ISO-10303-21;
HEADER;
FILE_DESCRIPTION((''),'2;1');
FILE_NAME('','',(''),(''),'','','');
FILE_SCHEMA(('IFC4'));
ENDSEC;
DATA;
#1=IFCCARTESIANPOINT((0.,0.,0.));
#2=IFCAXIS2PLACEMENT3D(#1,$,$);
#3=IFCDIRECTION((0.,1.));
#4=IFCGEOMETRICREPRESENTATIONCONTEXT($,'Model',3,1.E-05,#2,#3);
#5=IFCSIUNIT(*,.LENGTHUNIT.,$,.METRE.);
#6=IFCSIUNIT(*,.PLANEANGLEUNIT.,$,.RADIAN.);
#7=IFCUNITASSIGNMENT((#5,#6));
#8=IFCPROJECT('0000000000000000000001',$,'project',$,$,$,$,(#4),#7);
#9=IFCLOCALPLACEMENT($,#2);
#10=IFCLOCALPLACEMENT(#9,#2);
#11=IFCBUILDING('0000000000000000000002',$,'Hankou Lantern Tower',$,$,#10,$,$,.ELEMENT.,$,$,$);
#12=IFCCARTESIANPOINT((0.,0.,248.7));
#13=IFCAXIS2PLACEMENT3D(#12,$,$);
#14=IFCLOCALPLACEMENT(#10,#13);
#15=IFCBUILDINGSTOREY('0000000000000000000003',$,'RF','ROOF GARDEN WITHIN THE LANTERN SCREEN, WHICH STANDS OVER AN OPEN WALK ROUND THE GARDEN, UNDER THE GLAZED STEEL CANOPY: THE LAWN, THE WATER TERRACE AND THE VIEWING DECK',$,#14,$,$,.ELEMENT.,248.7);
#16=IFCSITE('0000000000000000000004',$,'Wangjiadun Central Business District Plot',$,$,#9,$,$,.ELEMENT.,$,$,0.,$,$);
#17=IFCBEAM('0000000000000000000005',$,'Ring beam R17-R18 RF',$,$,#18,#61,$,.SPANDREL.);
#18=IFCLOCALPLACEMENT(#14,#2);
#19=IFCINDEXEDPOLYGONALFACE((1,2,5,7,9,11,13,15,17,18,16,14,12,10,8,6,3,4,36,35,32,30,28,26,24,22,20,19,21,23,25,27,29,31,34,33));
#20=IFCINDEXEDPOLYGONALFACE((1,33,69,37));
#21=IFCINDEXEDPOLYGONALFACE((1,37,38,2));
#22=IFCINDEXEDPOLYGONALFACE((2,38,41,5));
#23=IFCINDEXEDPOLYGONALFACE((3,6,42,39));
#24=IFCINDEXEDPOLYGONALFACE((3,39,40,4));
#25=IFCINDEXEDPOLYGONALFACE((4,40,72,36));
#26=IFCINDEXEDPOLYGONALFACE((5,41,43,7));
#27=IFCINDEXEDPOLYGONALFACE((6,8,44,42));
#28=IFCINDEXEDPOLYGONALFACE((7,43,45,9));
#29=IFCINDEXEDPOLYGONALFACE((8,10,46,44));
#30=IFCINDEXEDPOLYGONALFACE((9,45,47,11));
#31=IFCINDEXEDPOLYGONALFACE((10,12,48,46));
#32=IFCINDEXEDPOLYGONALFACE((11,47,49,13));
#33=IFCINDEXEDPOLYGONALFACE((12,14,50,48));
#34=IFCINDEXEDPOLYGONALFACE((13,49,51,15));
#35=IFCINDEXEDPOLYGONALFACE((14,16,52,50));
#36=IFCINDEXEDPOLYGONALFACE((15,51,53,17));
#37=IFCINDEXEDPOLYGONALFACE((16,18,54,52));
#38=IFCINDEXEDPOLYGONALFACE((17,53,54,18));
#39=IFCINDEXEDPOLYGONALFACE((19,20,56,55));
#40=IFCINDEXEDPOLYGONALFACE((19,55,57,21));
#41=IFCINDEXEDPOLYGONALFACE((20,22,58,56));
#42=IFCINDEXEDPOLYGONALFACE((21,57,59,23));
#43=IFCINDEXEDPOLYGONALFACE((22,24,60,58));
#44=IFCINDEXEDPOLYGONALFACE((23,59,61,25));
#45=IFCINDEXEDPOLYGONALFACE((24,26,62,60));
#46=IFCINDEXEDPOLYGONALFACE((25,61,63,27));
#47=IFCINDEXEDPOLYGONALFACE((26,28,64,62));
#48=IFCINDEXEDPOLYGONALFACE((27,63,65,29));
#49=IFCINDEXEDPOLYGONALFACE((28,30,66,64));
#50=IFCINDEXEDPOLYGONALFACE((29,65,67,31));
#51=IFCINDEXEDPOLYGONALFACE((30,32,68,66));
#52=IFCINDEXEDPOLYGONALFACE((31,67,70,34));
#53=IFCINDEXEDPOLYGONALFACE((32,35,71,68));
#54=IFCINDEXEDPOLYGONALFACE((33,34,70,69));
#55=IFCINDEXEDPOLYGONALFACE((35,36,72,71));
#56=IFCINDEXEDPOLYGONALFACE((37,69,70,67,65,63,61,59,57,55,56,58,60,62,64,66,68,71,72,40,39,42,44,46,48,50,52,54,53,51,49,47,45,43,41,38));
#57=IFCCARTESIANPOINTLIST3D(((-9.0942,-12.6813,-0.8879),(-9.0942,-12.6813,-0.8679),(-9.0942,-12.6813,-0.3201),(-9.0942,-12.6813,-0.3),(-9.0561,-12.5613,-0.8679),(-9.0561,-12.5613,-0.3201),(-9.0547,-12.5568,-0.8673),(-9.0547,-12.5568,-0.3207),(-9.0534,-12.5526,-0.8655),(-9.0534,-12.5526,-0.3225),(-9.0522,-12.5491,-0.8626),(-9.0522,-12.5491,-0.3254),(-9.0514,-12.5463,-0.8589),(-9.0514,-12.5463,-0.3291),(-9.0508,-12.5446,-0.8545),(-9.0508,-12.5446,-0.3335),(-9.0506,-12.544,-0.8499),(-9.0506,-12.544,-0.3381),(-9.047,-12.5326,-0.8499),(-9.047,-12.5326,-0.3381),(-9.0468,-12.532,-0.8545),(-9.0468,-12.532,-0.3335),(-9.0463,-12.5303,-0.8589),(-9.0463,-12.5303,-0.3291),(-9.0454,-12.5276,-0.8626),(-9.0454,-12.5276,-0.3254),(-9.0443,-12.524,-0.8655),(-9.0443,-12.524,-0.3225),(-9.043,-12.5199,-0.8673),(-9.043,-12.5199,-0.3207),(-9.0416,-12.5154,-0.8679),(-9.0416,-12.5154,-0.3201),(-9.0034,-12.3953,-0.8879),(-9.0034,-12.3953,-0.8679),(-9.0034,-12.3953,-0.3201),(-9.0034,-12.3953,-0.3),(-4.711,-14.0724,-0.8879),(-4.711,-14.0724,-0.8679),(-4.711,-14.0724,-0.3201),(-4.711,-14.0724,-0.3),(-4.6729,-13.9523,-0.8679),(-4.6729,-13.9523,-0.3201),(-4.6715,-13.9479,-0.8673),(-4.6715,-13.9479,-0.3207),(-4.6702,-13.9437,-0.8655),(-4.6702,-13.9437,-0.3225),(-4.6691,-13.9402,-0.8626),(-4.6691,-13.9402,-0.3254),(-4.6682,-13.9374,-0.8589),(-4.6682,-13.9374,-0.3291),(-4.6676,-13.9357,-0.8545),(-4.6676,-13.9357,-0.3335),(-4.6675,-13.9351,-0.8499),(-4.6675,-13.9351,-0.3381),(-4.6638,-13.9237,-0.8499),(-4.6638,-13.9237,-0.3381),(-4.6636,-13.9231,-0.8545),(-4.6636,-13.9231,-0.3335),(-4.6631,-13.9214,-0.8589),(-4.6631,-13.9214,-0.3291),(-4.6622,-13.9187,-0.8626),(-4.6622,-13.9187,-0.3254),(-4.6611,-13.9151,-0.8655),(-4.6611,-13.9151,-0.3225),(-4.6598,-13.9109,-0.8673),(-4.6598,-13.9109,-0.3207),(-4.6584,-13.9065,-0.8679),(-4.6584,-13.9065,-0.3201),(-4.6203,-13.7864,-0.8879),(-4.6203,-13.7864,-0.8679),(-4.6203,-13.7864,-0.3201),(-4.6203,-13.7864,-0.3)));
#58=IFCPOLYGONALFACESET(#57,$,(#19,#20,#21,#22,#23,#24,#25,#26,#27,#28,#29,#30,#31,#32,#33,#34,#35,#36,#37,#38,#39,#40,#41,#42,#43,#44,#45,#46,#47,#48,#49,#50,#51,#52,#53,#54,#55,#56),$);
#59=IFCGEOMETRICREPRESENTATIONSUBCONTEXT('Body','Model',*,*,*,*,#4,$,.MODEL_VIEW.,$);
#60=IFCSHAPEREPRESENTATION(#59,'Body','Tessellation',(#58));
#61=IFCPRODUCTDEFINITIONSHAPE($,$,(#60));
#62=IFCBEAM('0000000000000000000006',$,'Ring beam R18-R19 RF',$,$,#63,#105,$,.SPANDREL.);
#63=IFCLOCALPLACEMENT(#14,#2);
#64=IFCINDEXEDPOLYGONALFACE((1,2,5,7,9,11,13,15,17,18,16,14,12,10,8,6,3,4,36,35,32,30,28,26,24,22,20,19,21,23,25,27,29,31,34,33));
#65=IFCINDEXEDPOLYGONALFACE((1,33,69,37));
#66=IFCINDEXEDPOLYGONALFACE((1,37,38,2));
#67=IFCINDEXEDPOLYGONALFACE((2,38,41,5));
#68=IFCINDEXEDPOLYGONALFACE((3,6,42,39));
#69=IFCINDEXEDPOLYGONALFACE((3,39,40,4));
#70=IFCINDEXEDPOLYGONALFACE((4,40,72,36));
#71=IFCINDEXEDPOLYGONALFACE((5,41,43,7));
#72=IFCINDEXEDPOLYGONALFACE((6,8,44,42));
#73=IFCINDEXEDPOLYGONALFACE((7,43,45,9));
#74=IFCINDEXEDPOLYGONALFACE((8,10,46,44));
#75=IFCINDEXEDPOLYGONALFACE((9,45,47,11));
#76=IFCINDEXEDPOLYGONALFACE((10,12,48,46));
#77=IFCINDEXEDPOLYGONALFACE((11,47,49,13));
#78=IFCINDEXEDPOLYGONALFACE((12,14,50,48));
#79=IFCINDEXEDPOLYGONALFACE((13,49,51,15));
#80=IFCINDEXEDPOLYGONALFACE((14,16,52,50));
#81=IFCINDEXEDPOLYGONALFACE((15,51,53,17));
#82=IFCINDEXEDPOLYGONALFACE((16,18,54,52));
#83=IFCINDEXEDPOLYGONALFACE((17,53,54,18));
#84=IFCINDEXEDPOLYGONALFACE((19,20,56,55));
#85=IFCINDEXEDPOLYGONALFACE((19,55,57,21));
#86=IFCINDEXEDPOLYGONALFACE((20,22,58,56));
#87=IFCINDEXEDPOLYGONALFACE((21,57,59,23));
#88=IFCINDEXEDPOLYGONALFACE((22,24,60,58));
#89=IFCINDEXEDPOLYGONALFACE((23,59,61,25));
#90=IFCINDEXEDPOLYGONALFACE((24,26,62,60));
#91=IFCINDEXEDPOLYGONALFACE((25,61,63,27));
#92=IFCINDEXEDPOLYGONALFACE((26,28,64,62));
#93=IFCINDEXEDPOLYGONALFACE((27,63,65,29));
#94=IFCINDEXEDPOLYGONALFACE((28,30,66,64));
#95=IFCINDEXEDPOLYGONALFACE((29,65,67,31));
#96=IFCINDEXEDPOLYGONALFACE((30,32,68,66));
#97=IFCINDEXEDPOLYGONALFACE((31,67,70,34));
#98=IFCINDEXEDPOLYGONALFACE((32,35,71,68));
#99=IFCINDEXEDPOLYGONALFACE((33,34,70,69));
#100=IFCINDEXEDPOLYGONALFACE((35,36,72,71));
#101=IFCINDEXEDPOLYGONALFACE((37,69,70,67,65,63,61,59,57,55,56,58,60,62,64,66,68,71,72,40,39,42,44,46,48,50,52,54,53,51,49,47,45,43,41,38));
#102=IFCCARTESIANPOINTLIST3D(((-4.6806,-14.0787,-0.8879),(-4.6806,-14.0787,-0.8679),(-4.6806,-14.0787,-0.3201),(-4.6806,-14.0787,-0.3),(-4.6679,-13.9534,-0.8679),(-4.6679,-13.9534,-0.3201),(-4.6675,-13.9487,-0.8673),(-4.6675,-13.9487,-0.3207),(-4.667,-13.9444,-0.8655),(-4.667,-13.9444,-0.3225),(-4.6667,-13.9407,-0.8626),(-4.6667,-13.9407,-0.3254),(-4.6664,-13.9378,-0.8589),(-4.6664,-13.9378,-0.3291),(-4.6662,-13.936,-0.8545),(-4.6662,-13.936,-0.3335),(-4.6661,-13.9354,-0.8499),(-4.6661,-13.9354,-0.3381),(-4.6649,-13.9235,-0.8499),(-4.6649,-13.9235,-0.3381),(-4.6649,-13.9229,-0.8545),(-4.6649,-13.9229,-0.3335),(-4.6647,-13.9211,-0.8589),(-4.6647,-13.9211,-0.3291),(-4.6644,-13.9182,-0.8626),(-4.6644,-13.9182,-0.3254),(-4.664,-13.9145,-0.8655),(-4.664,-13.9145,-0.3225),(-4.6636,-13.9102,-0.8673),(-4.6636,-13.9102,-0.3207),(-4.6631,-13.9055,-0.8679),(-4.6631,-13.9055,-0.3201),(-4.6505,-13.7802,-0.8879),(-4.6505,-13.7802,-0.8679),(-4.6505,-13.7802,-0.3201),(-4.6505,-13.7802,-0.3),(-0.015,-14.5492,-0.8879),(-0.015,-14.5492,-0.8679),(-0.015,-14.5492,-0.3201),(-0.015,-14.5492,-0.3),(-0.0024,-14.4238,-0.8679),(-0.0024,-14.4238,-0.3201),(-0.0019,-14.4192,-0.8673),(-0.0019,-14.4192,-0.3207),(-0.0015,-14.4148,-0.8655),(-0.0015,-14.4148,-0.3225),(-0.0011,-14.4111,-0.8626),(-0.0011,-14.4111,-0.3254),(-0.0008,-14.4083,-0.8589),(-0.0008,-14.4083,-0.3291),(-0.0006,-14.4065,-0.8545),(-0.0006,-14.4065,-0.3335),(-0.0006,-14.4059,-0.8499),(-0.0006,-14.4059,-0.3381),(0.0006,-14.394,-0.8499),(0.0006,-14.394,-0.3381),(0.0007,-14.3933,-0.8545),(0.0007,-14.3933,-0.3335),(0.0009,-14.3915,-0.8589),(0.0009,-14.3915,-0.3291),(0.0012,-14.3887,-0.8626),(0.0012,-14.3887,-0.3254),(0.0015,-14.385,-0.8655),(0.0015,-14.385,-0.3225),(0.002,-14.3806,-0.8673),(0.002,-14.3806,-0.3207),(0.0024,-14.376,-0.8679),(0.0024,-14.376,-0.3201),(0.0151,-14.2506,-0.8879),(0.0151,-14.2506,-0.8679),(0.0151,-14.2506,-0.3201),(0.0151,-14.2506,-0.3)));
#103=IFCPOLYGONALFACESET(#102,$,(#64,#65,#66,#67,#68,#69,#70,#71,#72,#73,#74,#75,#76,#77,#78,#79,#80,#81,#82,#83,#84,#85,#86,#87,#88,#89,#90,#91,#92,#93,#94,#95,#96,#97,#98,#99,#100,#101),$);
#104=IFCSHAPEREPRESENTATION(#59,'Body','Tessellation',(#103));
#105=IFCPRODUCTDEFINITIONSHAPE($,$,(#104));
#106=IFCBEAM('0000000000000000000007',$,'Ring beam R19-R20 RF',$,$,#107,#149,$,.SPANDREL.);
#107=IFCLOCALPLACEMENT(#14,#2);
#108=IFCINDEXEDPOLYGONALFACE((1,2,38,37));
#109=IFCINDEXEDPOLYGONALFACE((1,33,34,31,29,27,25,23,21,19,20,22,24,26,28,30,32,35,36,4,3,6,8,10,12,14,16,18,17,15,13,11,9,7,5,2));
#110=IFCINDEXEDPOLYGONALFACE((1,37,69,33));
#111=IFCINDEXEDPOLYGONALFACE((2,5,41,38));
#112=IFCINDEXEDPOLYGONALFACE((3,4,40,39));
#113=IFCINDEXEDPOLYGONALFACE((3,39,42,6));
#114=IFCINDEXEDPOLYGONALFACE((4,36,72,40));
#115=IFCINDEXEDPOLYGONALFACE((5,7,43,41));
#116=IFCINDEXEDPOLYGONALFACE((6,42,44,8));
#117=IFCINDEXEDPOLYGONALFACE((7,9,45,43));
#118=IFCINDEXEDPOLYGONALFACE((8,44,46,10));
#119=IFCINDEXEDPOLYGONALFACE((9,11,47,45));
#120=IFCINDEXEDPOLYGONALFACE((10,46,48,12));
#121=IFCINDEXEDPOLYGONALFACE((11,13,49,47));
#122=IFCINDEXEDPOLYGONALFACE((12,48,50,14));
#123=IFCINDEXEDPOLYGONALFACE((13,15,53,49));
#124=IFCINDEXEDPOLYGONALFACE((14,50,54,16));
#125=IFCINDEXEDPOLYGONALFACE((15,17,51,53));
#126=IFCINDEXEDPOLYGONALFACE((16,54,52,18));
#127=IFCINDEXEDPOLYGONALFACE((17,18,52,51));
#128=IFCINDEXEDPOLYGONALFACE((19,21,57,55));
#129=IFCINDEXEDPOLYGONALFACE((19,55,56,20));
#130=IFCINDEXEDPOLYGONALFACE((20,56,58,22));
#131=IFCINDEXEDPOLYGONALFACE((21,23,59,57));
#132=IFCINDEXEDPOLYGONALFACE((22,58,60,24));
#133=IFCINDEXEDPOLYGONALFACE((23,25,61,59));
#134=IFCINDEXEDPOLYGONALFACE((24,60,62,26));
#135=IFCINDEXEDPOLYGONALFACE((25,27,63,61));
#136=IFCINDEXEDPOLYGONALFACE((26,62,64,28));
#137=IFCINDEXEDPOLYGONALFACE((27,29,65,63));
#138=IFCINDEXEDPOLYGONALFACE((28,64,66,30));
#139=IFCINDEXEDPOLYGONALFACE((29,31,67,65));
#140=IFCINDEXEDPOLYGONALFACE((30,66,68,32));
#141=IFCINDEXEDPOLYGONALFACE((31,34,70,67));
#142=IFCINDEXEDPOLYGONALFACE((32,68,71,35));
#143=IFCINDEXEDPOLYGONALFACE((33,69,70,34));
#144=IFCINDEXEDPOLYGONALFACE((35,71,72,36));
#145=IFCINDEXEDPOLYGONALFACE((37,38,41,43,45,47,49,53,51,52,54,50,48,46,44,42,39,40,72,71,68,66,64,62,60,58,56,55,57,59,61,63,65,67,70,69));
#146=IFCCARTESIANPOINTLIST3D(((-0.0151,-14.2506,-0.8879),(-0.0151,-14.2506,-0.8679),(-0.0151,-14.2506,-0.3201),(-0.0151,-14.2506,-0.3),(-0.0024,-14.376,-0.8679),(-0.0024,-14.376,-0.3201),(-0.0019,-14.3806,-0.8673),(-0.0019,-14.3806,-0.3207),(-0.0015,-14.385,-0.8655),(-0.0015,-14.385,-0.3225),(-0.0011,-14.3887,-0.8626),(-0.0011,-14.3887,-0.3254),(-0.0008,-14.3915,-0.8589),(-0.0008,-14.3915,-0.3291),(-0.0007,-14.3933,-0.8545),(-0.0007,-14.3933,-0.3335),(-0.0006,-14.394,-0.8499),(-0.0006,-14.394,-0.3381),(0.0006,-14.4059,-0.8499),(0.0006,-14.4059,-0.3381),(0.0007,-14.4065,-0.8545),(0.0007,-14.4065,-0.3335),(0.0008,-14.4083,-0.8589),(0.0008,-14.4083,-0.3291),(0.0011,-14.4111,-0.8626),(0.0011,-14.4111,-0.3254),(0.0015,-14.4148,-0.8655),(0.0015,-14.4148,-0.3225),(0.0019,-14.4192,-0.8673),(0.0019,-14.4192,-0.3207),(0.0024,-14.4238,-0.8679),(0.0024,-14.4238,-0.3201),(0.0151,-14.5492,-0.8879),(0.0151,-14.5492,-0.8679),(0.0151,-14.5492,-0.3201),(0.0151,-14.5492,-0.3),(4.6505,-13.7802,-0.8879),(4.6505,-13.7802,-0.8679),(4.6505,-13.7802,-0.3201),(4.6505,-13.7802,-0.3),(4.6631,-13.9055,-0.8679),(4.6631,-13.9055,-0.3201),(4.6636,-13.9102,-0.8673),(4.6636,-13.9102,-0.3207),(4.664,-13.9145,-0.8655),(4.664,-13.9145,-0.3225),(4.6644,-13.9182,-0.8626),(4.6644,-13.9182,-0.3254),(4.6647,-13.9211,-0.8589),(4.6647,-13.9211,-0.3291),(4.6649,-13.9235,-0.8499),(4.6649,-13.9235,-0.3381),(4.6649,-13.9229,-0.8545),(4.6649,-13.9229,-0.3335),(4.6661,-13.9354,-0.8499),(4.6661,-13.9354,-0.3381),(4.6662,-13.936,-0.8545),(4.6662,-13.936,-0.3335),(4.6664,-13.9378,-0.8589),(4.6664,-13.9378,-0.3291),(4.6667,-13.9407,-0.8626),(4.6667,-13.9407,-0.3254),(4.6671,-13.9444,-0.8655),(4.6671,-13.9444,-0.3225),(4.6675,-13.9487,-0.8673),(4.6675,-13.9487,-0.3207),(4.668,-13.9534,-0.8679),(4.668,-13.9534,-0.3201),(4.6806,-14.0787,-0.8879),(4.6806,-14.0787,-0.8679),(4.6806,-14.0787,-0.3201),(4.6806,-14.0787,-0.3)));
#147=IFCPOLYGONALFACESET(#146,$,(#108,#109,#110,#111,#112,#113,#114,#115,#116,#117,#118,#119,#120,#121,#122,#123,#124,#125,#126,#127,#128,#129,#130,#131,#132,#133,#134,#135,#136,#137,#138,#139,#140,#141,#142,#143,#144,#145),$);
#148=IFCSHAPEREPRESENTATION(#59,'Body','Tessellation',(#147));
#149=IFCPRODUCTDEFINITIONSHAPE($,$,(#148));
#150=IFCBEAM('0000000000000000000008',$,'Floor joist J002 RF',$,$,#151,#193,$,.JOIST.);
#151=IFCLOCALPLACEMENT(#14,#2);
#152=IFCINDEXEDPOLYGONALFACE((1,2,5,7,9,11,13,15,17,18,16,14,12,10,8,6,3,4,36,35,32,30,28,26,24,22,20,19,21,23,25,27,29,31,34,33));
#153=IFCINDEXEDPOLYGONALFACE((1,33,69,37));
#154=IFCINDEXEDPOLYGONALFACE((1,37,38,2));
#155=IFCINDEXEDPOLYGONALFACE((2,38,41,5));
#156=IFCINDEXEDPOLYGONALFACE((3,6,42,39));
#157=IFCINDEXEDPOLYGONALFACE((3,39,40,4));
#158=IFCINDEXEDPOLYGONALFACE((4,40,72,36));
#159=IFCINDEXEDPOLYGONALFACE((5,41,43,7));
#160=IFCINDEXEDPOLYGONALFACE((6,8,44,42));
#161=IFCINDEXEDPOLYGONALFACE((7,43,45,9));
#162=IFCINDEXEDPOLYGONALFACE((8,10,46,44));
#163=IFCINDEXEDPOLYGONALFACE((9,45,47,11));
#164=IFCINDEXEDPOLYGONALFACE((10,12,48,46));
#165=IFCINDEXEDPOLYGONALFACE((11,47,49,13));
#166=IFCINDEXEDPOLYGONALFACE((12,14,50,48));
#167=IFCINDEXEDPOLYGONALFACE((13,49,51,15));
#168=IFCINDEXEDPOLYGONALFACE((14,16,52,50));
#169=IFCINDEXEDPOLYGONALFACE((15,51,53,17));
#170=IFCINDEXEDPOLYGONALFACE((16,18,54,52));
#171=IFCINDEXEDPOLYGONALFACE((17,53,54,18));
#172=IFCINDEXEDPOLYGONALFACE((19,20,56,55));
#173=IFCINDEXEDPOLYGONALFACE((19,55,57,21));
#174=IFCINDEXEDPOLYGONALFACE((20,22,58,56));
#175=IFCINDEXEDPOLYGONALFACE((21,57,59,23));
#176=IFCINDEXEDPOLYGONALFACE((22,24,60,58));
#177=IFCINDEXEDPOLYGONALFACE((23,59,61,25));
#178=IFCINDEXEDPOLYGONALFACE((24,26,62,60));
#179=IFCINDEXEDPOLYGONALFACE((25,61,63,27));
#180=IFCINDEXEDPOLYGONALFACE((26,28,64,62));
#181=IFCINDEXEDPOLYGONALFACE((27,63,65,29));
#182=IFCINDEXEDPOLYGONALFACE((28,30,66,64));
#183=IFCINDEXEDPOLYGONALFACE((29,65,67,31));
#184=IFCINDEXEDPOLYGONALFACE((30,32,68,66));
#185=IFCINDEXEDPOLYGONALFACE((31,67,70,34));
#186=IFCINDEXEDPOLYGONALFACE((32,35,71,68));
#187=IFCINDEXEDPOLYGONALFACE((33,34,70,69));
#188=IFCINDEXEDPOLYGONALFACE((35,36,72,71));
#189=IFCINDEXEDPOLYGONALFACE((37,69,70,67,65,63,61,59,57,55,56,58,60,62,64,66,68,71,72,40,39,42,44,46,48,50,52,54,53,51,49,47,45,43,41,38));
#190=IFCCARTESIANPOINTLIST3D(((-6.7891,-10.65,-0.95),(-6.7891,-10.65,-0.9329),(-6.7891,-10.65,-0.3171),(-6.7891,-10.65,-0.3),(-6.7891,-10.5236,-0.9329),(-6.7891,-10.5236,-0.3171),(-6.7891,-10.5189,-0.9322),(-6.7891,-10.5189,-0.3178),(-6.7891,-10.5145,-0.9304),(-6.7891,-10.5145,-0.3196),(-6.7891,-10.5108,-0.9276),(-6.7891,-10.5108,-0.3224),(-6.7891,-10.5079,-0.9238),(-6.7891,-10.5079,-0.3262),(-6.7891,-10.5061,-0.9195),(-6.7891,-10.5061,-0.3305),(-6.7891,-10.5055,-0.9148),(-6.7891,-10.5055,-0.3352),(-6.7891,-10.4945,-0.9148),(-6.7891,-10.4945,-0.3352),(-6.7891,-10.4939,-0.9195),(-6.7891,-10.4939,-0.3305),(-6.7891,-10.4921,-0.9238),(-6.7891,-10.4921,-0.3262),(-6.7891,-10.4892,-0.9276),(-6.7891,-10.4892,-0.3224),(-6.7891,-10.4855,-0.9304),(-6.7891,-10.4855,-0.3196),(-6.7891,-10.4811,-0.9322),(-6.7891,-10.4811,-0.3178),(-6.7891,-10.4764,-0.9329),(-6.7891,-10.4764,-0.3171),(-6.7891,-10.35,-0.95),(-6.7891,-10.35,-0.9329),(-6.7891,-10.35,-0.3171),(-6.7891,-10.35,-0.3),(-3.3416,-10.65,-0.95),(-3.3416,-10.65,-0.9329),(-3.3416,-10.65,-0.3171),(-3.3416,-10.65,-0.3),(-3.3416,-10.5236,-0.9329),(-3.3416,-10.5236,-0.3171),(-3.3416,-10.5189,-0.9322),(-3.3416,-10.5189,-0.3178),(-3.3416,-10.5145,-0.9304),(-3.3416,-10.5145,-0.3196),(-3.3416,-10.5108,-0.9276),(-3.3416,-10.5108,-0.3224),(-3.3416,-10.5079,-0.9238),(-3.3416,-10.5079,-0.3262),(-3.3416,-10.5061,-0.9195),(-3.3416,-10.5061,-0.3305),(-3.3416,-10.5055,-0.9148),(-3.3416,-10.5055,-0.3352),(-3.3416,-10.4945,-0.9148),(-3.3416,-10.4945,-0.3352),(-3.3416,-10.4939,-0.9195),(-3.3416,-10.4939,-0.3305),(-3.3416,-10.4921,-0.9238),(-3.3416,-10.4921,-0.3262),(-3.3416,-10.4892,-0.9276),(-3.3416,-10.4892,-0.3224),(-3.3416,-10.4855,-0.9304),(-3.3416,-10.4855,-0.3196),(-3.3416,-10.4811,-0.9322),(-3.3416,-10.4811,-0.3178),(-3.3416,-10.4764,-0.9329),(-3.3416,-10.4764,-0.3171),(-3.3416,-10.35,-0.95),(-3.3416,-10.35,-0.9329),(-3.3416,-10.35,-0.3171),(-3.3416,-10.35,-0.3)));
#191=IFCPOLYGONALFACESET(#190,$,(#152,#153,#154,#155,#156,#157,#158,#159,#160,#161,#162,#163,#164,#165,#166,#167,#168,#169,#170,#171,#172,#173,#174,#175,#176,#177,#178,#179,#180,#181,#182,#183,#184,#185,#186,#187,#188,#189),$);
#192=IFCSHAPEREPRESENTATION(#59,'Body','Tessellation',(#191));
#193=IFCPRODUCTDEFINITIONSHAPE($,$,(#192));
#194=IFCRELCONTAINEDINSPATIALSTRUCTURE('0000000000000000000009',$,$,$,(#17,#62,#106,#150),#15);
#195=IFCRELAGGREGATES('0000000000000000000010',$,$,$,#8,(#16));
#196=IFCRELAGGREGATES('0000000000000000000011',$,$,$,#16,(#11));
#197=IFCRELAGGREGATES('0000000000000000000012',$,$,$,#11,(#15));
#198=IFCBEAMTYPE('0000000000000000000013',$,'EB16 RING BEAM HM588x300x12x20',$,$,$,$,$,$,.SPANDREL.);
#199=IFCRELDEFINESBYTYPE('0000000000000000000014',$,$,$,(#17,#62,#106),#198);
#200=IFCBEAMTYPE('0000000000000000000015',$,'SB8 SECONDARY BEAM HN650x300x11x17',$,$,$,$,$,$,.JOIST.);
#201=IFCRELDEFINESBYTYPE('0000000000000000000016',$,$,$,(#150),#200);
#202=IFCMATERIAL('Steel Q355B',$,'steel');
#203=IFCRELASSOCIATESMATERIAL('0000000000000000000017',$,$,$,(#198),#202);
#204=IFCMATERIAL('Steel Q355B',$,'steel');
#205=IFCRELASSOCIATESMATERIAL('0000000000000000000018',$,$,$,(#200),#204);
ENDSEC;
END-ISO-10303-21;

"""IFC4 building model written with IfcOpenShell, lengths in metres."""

from ifc_helpers import new_model, si_unit, direction, frame, origin, origin_2d, place, context, subcontext, project, spatial, i_section, extrude, material, material_profile, profile_set, type_object, element, save


model = new_model("IFC4")

# Units and contexts
model_context = context("Model", 3, precision=1e-05, world=origin(), true_north=direction((0.0, 1.0)))
body_context = subcontext(model_context, "Body", "Model", "MODEL_VIEW")
ifc_project = project(units=[si_unit("LENGTHUNIT", "METRE"), si_unit("PLANEANGLEUNIT", "RADIAN")], contexts=[model_context])

# Site, building, storey
site_placement = place(None, origin())
site = spatial("IfcSite", under=ifc_project, at=site_placement, Name="Wangjiadun Central Business District Plot", CompositionType="ELEMENT", RefElevation=0.0)
building_placement = place(site_placement, origin())
building = spatial("IfcBuilding", under=site, at=building_placement, Name="Hankou Lantern Tower", CompositionType="ELEMENT")
storey_placement = place(building_placement, frame((0.0, 0.0, 248.7)))
storey = spatial("IfcBuildingStorey", under=building, at=storey_placement, Name="RF", Description="ROOF GARDEN WITHIN THE LANTERN SCREEN, WHICH STANDS OVER AN OPEN WALK ROUND THE GARDEN, UNDER THE GLAZED STEEL CANOPY: THE LAWN, THE WATER TERRACE AND THE VIEWING DECK", CompositionType="ELEMENT", Elevation=248.7)

# Beams
ifc_material_1 = material(Name="Steel Q355B", Category="steel")
ifc_material_profile_1 = material_profile(ifc_material_1, i_section(OverallWidth=0.3, OverallDepth=0.5879, WebThickness=0.012, FlangeThickness=0.02, FilletRadius=0.0181, at=origin_2d()), Name="HM588x300x12x20")
ifc_profile_set_1 = profile_set([ifc_material_profile_1], Name="Steel Q355B")
beam_type_1 = type_object("IfcBeamType", Name="EB16 RING BEAM HM588x300x12x20", PredefinedType="SPANDREL", material=ifc_profile_set_1)
beam_1_placement = place(storey_placement, frame((-9.0488, -12.5383, -0.594), z_axis=(0.95315, -0.302498, 0.0), x_axis=(0.302498, 0.95315, 0.0)))
element("IfcBeam", 1, at=beam_1_placement, inside=storey, type_object=beam_type_1, Name="Ring beam R17-R18 RF", PredefinedType="SPANDREL", context=body_context, shape_type="SweptSolid", body=[
    extrude(i_section(OverallWidth=0.3, OverallDepth=0.5879, WebThickness=0.012, FlangeThickness=0.02, FilletRadius=0.0181, at=origin_2d()), origin(), (0.0, 0.0, 1.0), 4.5986),
])
for number, where, z_axis, x_axis, name in (
    (2, (-4.6655, -13.9294, -0.594), (0.994954, -0.100328, 0.0), (0.100328, 0.994954, 0.0), "Ring beam R18-R19 RF"),
    (3, (0.0, -14.3999, -0.594), (0.994954, 0.100328, 0.0), (-0.100328, 0.994954, 0.0), "Ring beam R19-R20 RF"),
):
    element("IfcBeam", number, at=place(storey_placement, frame(where, z_axis=z_axis, x_axis=x_axis)), inside=storey, type_object=beam_type_1, Name=name, PredefinedType="SPANDREL", context=body_context, shape_type="SweptSolid", body=[
        extrude(i_section(OverallWidth=0.3, OverallDepth=0.5879, WebThickness=0.012, FlangeThickness=0.02, FilletRadius=0.0181, at=origin_2d()), origin(), (0.0, 0.0, 1.0), 4.6892),
    ])
ifc_material_2 = material(Name="Steel Q355B", Category="steel")
ifc_material_profile_2 = material_profile(ifc_material_2, i_section(OverallWidth=0.3, OverallDepth=0.6499, WebThickness=0.011, FlangeThickness=0.0171, FilletRadius=0.0181, at=origin_2d()), Name="HN650x300x11x17")
ifc_profile_set_2 = profile_set([ifc_material_profile_2], Name="Steel Q355B")
beam_type_2 = type_object("IfcBeamType", Name="SB8 SECONDARY BEAM HN650x300x11x17", PredefinedType="JOIST", material=ifc_profile_set_2)
beam_2_placement = place(storey_placement, frame((-6.7891, -10.5, -0.625), z_axis=(1.0, 0.0, 0.0), x_axis=(0.0, 1.0, 0.0)))
element("IfcBeam", 4, at=beam_2_placement, inside=storey, type_object=beam_type_2, Name="Floor joist J002 RF", PredefinedType="JOIST", context=body_context, shape_type="SweptSolid", body=[
    extrude(i_section(OverallWidth=0.3, OverallDepth=0.6499, WebThickness=0.011, FlangeThickness=0.0171, FilletRadius=0.0181, at=origin_2d()), origin(), (0.0, 0.0, 1.0), 3.4475),
])

save(model, "model.ifc")
